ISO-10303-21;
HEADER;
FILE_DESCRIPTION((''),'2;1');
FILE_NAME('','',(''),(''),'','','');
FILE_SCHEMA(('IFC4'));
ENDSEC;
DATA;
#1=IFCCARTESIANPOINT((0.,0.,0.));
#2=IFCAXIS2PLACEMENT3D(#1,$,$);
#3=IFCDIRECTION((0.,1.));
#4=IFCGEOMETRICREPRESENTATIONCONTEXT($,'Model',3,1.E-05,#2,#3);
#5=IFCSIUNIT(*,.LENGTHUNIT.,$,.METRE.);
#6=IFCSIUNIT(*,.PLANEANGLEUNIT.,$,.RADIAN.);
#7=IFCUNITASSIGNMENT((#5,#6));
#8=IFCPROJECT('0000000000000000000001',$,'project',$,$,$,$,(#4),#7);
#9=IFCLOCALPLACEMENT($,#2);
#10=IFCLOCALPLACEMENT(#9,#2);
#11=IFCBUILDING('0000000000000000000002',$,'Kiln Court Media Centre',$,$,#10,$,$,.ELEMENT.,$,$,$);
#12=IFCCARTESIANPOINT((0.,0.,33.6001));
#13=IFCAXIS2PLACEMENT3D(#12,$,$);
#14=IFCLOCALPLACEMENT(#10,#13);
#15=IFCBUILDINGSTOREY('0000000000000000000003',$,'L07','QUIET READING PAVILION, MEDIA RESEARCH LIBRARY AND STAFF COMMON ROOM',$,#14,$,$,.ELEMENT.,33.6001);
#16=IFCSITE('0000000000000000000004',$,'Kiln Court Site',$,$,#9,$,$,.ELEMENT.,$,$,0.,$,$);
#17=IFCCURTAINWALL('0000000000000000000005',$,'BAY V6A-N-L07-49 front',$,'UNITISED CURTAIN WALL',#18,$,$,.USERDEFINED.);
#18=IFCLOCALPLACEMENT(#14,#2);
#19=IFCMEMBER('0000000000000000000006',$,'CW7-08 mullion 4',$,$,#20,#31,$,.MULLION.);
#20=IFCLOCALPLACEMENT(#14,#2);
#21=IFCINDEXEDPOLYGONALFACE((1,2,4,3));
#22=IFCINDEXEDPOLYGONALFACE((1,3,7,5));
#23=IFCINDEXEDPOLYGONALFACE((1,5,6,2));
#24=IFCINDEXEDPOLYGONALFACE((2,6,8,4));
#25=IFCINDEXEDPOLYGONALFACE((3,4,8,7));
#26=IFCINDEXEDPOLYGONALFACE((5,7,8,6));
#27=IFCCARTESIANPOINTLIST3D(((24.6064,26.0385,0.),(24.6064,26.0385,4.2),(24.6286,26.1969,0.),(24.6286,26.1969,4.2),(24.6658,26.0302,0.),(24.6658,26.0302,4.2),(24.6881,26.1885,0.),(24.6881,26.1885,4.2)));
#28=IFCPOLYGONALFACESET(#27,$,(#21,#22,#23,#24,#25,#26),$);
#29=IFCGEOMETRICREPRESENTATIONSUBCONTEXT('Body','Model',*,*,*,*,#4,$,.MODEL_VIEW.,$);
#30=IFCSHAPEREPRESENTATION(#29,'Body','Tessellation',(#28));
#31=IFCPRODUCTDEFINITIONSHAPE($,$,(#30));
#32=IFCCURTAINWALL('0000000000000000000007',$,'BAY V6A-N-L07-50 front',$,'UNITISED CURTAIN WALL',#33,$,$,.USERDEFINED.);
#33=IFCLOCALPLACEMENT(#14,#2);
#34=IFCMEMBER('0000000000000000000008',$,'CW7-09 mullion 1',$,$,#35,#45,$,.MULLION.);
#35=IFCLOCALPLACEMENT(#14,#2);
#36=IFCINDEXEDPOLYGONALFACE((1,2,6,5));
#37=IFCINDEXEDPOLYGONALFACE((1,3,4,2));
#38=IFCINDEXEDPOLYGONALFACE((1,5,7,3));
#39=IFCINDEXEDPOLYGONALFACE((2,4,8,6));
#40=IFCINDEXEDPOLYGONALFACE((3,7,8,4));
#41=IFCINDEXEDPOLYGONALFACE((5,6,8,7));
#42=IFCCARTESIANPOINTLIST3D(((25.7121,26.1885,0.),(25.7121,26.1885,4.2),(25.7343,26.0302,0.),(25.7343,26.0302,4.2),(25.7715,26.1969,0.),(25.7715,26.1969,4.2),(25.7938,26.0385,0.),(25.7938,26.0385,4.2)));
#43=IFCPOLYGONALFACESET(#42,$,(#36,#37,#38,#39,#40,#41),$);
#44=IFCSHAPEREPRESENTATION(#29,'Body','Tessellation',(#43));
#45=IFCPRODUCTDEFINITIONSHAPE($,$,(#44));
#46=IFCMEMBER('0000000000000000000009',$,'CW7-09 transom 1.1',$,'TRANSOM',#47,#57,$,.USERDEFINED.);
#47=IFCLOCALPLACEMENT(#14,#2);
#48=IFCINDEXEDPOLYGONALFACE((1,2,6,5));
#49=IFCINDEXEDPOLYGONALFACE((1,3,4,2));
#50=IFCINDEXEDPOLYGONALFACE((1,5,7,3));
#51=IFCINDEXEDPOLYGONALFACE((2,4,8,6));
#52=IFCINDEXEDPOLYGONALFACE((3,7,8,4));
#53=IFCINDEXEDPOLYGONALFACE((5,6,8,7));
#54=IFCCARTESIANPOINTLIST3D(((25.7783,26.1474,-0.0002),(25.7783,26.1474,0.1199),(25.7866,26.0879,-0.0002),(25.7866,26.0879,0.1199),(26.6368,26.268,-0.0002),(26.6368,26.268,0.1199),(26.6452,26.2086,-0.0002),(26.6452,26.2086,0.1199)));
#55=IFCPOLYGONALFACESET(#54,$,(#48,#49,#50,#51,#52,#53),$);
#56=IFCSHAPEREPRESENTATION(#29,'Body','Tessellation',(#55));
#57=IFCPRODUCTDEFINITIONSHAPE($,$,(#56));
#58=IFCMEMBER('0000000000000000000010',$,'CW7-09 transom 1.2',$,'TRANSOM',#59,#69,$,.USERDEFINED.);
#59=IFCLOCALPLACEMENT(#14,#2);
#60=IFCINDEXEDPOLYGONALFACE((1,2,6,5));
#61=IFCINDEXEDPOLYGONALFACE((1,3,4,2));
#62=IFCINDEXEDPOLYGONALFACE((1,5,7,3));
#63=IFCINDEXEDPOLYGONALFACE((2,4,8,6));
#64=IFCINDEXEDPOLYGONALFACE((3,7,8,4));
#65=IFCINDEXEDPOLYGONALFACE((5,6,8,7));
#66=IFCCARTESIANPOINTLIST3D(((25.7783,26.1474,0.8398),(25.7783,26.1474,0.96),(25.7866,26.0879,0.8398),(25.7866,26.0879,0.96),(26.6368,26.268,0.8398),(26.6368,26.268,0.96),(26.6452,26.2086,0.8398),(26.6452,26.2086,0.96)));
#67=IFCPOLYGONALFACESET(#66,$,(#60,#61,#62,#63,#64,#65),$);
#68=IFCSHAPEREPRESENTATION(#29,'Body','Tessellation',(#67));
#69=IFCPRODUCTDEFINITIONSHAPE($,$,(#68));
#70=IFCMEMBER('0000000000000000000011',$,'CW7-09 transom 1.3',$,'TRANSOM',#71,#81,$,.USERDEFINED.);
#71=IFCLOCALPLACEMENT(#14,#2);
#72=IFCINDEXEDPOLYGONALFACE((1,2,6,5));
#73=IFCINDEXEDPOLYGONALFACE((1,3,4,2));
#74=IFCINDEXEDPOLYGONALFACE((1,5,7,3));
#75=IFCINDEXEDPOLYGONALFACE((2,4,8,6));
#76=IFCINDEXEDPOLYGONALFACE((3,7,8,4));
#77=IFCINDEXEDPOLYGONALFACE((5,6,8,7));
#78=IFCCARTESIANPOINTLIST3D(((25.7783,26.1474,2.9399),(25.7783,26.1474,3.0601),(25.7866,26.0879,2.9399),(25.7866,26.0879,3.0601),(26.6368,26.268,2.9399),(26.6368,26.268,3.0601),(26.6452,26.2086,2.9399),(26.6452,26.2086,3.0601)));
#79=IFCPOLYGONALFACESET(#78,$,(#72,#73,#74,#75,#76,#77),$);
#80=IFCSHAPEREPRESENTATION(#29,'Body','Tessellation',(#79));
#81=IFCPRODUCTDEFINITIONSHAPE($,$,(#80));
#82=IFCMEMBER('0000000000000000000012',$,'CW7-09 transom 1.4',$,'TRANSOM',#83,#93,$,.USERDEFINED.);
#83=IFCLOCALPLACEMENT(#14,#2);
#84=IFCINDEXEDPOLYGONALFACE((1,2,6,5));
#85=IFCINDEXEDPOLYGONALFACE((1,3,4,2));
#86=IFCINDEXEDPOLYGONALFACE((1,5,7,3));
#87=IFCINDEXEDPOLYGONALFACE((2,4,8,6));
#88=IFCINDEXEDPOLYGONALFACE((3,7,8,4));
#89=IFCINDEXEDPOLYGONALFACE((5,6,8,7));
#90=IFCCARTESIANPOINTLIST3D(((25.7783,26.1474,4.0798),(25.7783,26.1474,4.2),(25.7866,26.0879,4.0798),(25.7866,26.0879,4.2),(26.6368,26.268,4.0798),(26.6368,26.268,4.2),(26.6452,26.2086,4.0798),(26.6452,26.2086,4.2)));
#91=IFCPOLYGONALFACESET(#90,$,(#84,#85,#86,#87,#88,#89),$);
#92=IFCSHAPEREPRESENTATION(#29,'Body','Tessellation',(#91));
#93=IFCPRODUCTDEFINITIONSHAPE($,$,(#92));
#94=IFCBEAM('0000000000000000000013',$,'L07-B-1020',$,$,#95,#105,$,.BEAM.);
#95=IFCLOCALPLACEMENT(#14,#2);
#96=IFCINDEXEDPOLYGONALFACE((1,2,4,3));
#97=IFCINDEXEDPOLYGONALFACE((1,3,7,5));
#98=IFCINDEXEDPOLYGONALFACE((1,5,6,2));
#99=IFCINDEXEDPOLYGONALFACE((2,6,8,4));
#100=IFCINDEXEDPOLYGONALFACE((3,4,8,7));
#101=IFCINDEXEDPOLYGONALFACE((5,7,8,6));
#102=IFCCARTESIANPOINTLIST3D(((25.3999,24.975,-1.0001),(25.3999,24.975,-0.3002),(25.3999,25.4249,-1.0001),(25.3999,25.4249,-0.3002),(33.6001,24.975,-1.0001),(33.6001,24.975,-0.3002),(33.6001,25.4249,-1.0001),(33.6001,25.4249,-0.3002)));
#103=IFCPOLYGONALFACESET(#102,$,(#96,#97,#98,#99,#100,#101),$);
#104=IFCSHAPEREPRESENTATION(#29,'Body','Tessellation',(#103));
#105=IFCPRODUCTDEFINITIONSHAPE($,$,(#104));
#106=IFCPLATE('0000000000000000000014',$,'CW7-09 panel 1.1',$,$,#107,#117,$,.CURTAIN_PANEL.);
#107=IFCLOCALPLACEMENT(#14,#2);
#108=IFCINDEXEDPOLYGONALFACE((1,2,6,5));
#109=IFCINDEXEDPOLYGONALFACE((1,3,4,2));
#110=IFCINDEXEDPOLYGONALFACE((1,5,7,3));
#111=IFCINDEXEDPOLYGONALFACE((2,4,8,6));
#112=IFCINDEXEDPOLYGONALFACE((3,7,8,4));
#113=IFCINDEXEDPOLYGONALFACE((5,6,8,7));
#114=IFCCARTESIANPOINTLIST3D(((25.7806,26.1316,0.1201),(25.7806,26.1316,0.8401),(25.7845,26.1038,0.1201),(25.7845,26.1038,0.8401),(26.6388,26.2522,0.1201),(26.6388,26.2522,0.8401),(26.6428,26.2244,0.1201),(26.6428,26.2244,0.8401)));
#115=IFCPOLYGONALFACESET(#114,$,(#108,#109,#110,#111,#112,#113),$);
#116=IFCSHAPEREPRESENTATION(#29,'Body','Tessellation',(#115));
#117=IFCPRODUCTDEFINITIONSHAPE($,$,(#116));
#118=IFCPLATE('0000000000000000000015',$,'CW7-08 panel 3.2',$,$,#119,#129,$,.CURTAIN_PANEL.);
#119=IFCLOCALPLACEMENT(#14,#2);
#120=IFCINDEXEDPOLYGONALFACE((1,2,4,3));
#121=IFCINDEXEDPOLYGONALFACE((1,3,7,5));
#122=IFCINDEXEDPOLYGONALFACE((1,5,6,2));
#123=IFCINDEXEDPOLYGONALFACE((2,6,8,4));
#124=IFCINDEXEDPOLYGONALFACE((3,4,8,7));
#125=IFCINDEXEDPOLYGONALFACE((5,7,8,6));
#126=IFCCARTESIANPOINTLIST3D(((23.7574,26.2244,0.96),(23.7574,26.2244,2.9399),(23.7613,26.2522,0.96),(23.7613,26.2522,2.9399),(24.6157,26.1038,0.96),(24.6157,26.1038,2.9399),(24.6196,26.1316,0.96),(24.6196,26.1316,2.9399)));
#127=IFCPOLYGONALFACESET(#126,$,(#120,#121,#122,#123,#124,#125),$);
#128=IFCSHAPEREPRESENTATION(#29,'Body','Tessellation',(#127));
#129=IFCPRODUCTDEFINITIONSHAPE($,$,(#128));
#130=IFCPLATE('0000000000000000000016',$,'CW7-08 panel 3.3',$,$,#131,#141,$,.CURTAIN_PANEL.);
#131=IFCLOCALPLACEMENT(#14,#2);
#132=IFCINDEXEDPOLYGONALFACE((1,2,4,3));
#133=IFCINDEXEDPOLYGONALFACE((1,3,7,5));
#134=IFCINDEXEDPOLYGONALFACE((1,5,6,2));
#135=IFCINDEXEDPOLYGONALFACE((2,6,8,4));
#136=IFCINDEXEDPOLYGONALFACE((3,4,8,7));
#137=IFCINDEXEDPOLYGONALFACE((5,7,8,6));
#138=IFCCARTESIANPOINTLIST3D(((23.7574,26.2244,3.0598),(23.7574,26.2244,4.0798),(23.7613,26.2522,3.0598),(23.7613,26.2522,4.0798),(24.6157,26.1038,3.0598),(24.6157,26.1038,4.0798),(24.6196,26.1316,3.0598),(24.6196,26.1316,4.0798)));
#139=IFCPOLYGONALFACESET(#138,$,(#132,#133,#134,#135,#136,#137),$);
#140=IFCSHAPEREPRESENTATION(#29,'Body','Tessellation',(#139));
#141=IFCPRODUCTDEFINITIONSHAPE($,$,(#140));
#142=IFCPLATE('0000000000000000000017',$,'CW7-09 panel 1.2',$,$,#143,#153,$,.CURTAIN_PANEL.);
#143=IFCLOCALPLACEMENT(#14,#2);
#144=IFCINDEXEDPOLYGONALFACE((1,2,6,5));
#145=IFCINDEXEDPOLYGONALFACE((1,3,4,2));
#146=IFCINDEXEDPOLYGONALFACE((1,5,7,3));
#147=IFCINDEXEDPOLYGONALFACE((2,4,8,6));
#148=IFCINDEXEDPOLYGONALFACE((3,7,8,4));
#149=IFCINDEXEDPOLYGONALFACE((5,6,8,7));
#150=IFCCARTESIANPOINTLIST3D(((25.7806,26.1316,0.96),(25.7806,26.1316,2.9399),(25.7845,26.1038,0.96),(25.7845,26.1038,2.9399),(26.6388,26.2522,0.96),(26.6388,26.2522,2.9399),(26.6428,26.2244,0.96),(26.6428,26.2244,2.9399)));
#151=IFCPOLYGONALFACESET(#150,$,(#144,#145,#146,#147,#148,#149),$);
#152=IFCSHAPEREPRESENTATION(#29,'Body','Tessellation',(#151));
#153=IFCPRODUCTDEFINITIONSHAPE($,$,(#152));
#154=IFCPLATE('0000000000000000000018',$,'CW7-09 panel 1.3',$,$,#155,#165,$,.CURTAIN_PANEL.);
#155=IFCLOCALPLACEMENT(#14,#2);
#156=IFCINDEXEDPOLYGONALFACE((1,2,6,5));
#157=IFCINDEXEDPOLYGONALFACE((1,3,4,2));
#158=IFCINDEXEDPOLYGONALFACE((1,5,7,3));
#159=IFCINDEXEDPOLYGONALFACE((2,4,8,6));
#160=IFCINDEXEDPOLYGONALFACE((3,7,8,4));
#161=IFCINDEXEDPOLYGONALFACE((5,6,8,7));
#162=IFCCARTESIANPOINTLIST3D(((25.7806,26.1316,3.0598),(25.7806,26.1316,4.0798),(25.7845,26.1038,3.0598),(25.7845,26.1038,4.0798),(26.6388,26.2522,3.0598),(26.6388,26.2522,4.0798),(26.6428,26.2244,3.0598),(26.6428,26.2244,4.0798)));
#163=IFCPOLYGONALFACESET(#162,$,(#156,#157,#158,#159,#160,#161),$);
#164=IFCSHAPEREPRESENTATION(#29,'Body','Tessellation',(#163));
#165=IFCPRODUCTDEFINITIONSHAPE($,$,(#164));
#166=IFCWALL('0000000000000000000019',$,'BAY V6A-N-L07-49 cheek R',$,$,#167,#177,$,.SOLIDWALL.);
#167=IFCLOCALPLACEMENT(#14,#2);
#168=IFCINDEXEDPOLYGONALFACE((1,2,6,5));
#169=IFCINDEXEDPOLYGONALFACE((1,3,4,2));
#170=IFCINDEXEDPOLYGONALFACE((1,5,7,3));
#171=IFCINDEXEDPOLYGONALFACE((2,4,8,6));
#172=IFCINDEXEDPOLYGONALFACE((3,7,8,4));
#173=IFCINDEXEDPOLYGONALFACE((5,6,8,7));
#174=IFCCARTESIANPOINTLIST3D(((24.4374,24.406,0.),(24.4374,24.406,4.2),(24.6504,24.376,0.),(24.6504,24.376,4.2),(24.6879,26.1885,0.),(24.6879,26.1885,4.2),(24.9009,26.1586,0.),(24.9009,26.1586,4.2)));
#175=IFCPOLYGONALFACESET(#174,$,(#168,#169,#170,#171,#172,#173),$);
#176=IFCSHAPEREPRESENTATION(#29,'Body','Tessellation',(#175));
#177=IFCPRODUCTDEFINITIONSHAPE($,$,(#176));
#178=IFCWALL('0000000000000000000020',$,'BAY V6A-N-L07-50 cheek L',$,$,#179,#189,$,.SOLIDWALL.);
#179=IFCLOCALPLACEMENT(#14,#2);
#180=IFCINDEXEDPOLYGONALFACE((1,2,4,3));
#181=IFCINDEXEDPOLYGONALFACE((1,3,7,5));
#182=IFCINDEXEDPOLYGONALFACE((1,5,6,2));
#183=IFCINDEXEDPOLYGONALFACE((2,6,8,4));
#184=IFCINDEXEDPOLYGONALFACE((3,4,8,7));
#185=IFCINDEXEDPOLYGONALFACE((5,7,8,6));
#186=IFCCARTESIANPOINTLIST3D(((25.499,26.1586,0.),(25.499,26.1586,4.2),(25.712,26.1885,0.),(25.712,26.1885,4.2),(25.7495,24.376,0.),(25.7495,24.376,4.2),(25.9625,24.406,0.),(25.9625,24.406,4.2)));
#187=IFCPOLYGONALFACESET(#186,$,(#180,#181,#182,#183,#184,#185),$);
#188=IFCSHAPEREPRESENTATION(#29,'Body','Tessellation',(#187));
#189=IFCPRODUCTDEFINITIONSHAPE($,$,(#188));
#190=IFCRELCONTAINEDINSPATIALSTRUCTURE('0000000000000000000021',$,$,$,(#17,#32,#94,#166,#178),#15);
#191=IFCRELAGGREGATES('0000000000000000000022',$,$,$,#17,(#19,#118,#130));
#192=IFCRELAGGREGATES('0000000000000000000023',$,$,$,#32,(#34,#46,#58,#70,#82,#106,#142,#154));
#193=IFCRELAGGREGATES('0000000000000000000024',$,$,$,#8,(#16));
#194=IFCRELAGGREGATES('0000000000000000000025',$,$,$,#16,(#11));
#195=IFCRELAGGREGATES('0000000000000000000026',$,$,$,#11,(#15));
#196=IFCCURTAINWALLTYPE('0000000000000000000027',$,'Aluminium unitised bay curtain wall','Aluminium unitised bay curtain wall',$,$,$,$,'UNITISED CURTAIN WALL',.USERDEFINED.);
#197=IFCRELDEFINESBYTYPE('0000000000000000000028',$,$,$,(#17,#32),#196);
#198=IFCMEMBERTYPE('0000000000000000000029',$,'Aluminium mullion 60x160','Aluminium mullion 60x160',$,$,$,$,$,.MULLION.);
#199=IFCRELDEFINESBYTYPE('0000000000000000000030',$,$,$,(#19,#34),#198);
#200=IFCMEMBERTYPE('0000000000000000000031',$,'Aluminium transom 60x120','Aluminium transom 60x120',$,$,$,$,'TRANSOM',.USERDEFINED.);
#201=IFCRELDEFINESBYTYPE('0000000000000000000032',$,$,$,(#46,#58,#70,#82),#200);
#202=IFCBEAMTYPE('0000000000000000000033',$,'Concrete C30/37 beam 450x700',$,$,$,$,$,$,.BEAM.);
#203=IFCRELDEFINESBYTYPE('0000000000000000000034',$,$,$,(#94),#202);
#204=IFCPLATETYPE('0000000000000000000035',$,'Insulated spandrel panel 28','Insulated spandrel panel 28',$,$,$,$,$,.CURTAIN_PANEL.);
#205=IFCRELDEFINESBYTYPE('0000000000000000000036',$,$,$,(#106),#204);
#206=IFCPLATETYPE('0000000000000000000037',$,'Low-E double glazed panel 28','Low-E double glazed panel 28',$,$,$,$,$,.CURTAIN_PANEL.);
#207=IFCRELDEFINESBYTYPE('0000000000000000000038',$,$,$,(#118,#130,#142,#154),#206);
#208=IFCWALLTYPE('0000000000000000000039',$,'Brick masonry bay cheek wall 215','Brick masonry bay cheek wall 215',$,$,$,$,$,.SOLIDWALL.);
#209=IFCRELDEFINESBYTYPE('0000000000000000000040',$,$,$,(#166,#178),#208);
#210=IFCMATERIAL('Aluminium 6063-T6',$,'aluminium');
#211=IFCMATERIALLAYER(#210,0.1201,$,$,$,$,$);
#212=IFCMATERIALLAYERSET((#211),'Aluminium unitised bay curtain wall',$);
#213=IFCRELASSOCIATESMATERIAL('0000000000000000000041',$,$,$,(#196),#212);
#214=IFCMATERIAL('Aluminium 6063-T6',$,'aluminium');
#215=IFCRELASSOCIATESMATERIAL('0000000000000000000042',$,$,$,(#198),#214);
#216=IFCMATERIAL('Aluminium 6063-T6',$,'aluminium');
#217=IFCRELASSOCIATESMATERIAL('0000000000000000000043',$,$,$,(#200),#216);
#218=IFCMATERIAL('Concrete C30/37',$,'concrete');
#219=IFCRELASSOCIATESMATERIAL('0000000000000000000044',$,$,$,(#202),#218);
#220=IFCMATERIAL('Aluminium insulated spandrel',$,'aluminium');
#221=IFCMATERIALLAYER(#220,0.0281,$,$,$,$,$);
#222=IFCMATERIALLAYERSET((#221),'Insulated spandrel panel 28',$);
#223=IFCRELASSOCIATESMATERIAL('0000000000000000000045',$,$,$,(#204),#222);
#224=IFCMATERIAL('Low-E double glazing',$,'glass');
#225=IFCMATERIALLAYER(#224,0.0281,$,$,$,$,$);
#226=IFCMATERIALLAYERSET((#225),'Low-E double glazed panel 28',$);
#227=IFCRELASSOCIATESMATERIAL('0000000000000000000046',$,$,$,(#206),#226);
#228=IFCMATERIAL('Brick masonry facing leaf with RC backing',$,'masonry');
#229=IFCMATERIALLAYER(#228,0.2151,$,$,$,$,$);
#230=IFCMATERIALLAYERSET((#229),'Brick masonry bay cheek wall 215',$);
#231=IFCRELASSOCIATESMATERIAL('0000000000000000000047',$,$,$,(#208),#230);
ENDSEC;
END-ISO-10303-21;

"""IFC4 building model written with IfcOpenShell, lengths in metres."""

from ifc_helpers import new_model, si_unit, direction, frame, frame_2d, origin, origin_2d, place, context, subcontext, project, spatial, rectangle, extrude, material, layer, layer_set, material_profile, profile_set, type_object, element, aggregate, save


model = new_model("IFC4")

# Units and contexts
model_context = context("Model", 3, precision=1e-05, world=origin(), true_north=direction((0.0, 1.0)))
body_context = subcontext(model_context, "Body", "Model", "MODEL_VIEW")
ifc_project = project(units=[si_unit("LENGTHUNIT", "METRE"), si_unit("PLANEANGLEUNIT", "RADIAN")], contexts=[model_context])

# Site, building, storey
site_placement = place(None, origin())
site = spatial("IfcSite", under=ifc_project, at=site_placement, Name="Kiln Court Site", CompositionType="ELEMENT", RefElevation=0.0)
building_placement = place(site_placement, origin())
building = spatial("IfcBuilding", under=site, at=building_placement, Name="Kiln Court Media Centre", CompositionType="ELEMENT")
storey_placement = place(building_placement, frame((0.0, 0.0, 33.6001)))
storey = spatial("IfcBuildingStorey", under=building, at=storey_placement, Name="L07", Description="QUIET READING PAVILION, MEDIA RESEARCH LIBRARY AND STAFF COMMON ROOM", CompositionType="ELEMENT", Elevation=33.6001)

# Curtain wall, member
ifc_material_1 = material(Name="Aluminium 6063-T6", Category="aluminium")
ifc_layer_1 = layer(ifc_material_1, 0.1201)
ifc_layer_set_1 = layer_set([ifc_layer_1], Name="Aluminium unitised bay curtain wall")
curtain_wall_type = type_object("IfcCurtainWallType", Name="Aluminium unitised bay curtain wall", Description="Aluminium unitised bay curtain wall", ElementType="UNITISED CURTAIN WALL", PredefinedType="USERDEFINED", material=ifc_layer_set_1)
curtain_wall_1_placement = place(storey_placement, origin())
curtain_wall_1 = element("IfcCurtainWall", 1, at=curtain_wall_1_placement, inside=storey, type_object=curtain_wall_type, Name="BAY V6A-N-L07-49 front", ObjectType="UNITISED CURTAIN WALL", PredefinedType="USERDEFINED")
ifc_material_2 = material(Name="Aluminium 6063-T6", Category="aluminium")
ifc_material_profile_1 = material_profile(ifc_material_2, rectangle(XDim=0.0601, YDim=0.1599, at=origin_2d()), Name="Aluminium mullion 60x160")
ifc_profile_set_1 = profile_set([ifc_material_profile_1], Name="Aluminium 6063-T6")
member_type_1 = type_object("IfcMemberType", Name="Aluminium mullion 60x160", Description="Aluminium mullion 60x160", PredefinedType="MULLION", material=ifc_profile_set_1)
member_1_placement = place(storey_placement, frame((24.6472, 26.1135, 0.0), z_axis=(0.0, 0.0, 1.0), x_axis=(0.99027, -0.139162, 0.0)))
member_1 = element("IfcMember", 2, at=member_1_placement, type_object=member_type_1, Name="CW7-08 mullion 4", PredefinedType="MULLION", context=body_context, shape_type="SweptSolid", body=[
    extrude(rectangle(XDim=0.0601, YDim=0.1599, at=origin_2d()), origin(), (0.0, 0.0, 1.0), 4.2),
])

# Curtain wall, members
curtain_wall_2_placement = place(storey_placement, origin())
curtain_wall_2 = element("IfcCurtainWall", 3, at=curtain_wall_2_placement, inside=storey, type_object=curtain_wall_type, Name="BAY V6A-N-L07-50 front", ObjectType="UNITISED CURTAIN WALL", PredefinedType="USERDEFINED")
member_2_placement = place(storey_placement, frame((25.7529, 26.1135, 0.0), z_axis=(0.0, 0.0, 1.0), x_axis=(0.99027, 0.139162, 0.0)))
member_2 = element("IfcMember", 4, at=member_2_placement, type_object=member_type_1, Name="CW7-09 mullion 1", PredefinedType="MULLION", context=body_context, shape_type="SweptSolid", body=[
    extrude(rectangle(XDim=0.0601, YDim=0.1599, at=origin_2d()), origin(), (0.0, 0.0, 1.0), 4.2),
])
ifc_material_3 = material(Name="Aluminium 6063-T6", Category="aluminium")
ifc_material_profile_2 = material_profile(ifc_material_3, rectangle(XDim=0.0601, YDim=0.1201, at=origin_2d()), Name="Aluminium transom 60x120")
ifc_profile_set_2 = profile_set([ifc_material_profile_2], Name="Aluminium 6063-T6")
member_type_2 = type_object("IfcMemberType", Name="Aluminium transom 60x120", Description="Aluminium transom 60x120", ElementType="TRANSOM", PredefinedType="USERDEFINED", material=ifc_profile_set_2)
member_3_placement = place(storey_placement, frame((25.7825, 26.1177, 0.0598), z_axis=(0.990274, 0.139134, 0.0), x_axis=(-0.139134, 0.990274, 0.0)))
member_3 = element("IfcMember", 5, at=member_3_placement, type_object=member_type_2, Name="CW7-09 transom 1.1", ObjectType="TRANSOM", PredefinedType="USERDEFINED", context=body_context, shape_type="SweptSolid", body=[
    extrude(rectangle(XDim=0.0601, YDim=0.1201, at=origin_2d()), origin(), (0.0, 0.0, 1.0), 0.8669),
])
member_4_placement = place(storey_placement, frame((25.7825, 26.1177, 0.8999), z_axis=(0.990274, 0.139134, 0.0), x_axis=(-0.139134, 0.990274, 0.0)))
member_4 = element("IfcMember", 6, at=member_4_placement, type_object=member_type_2, Name="CW7-09 transom 1.2", ObjectType="TRANSOM", PredefinedType="USERDEFINED", context=body_context, shape_type="SweptSolid", body=[
    extrude(rectangle(XDim=0.0601, YDim=0.1201, at=origin_2d()), origin(), (0.0, 0.0, 1.0), 0.8669),
])
member_5_placement = place(storey_placement, frame((25.7825, 26.1177, 3.0), z_axis=(0.990274, 0.139134, 0.0), x_axis=(-0.139134, 0.990274, 0.0)))
member_5 = element("IfcMember", 7, at=member_5_placement, type_object=member_type_2, Name="CW7-09 transom 1.3", ObjectType="TRANSOM", PredefinedType="USERDEFINED", context=body_context, shape_type="SweptSolid", body=[
    extrude(rectangle(XDim=0.0601, YDim=0.1201, at=origin_2d()), origin(), (0.0, 0.0, 1.0), 0.8669),
])
member_6_placement = place(storey_placement, frame((25.7825, 26.1177, 4.1399), z_axis=(0.990274, 0.139134, 0.0), x_axis=(-0.139134, 0.990274, 0.0)))
member_6 = element("IfcMember", 8, at=member_6_placement, type_object=member_type_2, Name="CW7-09 transom 1.4", ObjectType="TRANSOM", PredefinedType="USERDEFINED", context=body_context, shape_type="SweptSolid", body=[
    extrude(rectangle(XDim=0.0601, YDim=0.1201, at=origin_2d()), origin(), (0.0, 0.0, 1.0), 0.8669),
])

# Beam
ifc_material_4 = material(Name="Concrete C30/37", Category="concrete")
ifc_material_profile_3 = material_profile(ifc_material_4, rectangle(XDim=0.45, YDim=0.7, at=origin_2d()), Name="RC 450x700")
ifc_profile_set_3 = profile_set([ifc_material_profile_3], Name="Concrete C30/37")
beam_type = type_object("IfcBeamType", Name="Concrete C30/37 beam 450x700", PredefinedType="BEAM", material=ifc_profile_set_3)
beam_placement = place(storey_placement, frame((25.3999, 25.2, -0.6501), z_axis=(1.0, 0.0, 0.0), x_axis=(0.0, 1.0, 0.0)))
element("IfcBeam", 9, at=beam_placement, inside=storey, type_object=beam_type, Name="L07-B-1020", PredefinedType="BEAM", context=body_context, shape_type="SweptSolid", body=[
    extrude(rectangle(XDim=0.45, YDim=0.7, at=origin_2d()), origin(), (0.0, 0.0, 1.0), 8.2002),
])

# Plates
ifc_material_5 = material(Name="Aluminium insulated spandrel", Category="aluminium")
ifc_layer_2 = layer(ifc_material_5, 0.0281)
ifc_layer_set_2 = layer_set([ifc_layer_2], Name="Insulated spandrel panel 28")
plate_type_1 = type_object("IfcPlateType", Name="Insulated spandrel panel 28", Description="Insulated spandrel panel 28", PredefinedType="CURTAIN_PANEL", material=ifc_layer_set_2)
plate_1_placement = place(storey_placement, frame((26.2117, 26.178, 0.1201), z_axis=(0.0, 0.0, 1.0), x_axis=(0.99027, 0.139162, 0.0)))
plate_1 = element("IfcPlate", 10, at=plate_1_placement, type_object=plate_type_1, Name="CW7-09 panel 1.1", PredefinedType="CURTAIN_PANEL", context=body_context, shape_type="SweptSolid", body=[
    extrude(rectangle(XDim=0.8667, YDim=0.0281, at=origin_2d()), origin(), (0.0, 0.0, 1.0), 0.72),
])
ifc_material_6 = material(Name="Low-E double glazing", Category="glass")
ifc_layer_3 = layer(ifc_material_6, 0.0281)
ifc_layer_set_3 = layer_set([ifc_layer_3], Name="Low-E double glazed panel 28")
plate_type_2 = type_object("IfcPlateType", Name="Low-E double glazed panel 28", Description="Low-E double glazed panel 28", PredefinedType="CURTAIN_PANEL", material=ifc_layer_set_3)
plate_2_placement = place(storey_placement, frame((24.1885, 26.178, 0.96), z_axis=(0.0, 0.0, 1.0), x_axis=(0.99027, -0.139162, 0.0)))
plate_2 = element("IfcPlate", 11, at=plate_2_placement, type_object=plate_type_2, Name="CW7-08 panel 3.2", PredefinedType="CURTAIN_PANEL", context=body_context, shape_type="SweptSolid", body=[
    extrude(rectangle(XDim=0.8667, YDim=0.0281, at=origin_2d()), origin(), (0.0, 0.0, 1.0), 1.98),
])
plate_3_placement = place(storey_placement, frame((24.1885, 26.178, 3.0598), z_axis=(0.0, 0.0, 1.0), x_axis=(0.99027, -0.139162, 0.0)))
plate_3 = element("IfcPlate", 12, at=plate_3_placement, type_object=plate_type_2, Name="CW7-08 panel 3.3", PredefinedType="CURTAIN_PANEL", context=body_context, shape_type="SweptSolid", body=[
    extrude(rectangle(XDim=0.8667, YDim=0.0281, at=origin_2d()), origin(), (0.0, 0.0, 1.0), 1.02),
])
aggregate(curtain_wall_1, [member_1, plate_2, plate_3])
plate_4_placement = place(storey_placement, frame((26.2117, 26.178, 0.96), z_axis=(0.0, 0.0, 1.0), x_axis=(0.99027, 0.139162, 0.0)))
plate_4 = element("IfcPlate", 13, at=plate_4_placement, type_object=plate_type_2, Name="CW7-09 panel 1.2", PredefinedType="CURTAIN_PANEL", context=body_context, shape_type="SweptSolid", body=[
    extrude(rectangle(XDim=0.8667, YDim=0.0281, at=origin_2d()), origin(), (0.0, 0.0, 1.0), 1.98),
])
plate_5_placement = place(storey_placement, frame((26.2117, 26.178, 3.0598), z_axis=(0.0, 0.0, 1.0), x_axis=(0.99027, 0.139162, 0.0)))
plate_5 = element("IfcPlate", 14, at=plate_5_placement, type_object=plate_type_2, Name="CW7-09 panel 1.3", PredefinedType="CURTAIN_PANEL", context=body_context, shape_type="SweptSolid", body=[
    extrude(rectangle(XDim=0.8667, YDim=0.0281, at=origin_2d()), origin(), (0.0, 0.0, 1.0), 1.02),
])
aggregate(curtain_wall_2, [member_2, member_3, member_4, member_5, member_6, plate_1, plate_4, plate_5])

# Walls
ifc_material_7 = material(Name="Brick masonry facing leaf with RC backing", Category="masonry")
ifc_layer_4 = layer(ifc_material_7, 0.2151)
ifc_layer_set_4 = layer_set([ifc_layer_4], Name="Brick masonry bay cheek wall 215")
wall_type_1 = type_object("IfcWallType", Name="Brick masonry bay cheek wall 215", Description="Brick masonry bay cheek wall 215", PredefinedType="SOLIDWALL", material=ifc_layer_set_4)
for number, where, z_axis, x_axis, name in (
    (15, (24.5439, 24.3911, 0.0), (0.0, 0.0, 1.0), (0.139161, 0.99027, 0.0), "BAY V6A-N-L07-49 cheek R"),
    (16, (25.856, 24.3911, 0.0), (0.0, 0.0, 1.0), (-0.139161, 0.99027, 0.0), "BAY V6A-N-L07-50 cheek L"),
):
    element("IfcWall", number, at=place(storey_placement, frame(where, z_axis=z_axis, x_axis=x_axis)), inside=storey, type_object=wall_type_1, Name=name, PredefinedType="SOLIDWALL", context=body_context, shape_type="SweptSolid", body=[
        extrude(rectangle(XDim=1.8, YDim=0.2151, at=frame_2d((0.8999, 0.0))), origin(), (0.0, 0.0, 1.0), 4.2),
    ])

save(model, "model.ifc")
